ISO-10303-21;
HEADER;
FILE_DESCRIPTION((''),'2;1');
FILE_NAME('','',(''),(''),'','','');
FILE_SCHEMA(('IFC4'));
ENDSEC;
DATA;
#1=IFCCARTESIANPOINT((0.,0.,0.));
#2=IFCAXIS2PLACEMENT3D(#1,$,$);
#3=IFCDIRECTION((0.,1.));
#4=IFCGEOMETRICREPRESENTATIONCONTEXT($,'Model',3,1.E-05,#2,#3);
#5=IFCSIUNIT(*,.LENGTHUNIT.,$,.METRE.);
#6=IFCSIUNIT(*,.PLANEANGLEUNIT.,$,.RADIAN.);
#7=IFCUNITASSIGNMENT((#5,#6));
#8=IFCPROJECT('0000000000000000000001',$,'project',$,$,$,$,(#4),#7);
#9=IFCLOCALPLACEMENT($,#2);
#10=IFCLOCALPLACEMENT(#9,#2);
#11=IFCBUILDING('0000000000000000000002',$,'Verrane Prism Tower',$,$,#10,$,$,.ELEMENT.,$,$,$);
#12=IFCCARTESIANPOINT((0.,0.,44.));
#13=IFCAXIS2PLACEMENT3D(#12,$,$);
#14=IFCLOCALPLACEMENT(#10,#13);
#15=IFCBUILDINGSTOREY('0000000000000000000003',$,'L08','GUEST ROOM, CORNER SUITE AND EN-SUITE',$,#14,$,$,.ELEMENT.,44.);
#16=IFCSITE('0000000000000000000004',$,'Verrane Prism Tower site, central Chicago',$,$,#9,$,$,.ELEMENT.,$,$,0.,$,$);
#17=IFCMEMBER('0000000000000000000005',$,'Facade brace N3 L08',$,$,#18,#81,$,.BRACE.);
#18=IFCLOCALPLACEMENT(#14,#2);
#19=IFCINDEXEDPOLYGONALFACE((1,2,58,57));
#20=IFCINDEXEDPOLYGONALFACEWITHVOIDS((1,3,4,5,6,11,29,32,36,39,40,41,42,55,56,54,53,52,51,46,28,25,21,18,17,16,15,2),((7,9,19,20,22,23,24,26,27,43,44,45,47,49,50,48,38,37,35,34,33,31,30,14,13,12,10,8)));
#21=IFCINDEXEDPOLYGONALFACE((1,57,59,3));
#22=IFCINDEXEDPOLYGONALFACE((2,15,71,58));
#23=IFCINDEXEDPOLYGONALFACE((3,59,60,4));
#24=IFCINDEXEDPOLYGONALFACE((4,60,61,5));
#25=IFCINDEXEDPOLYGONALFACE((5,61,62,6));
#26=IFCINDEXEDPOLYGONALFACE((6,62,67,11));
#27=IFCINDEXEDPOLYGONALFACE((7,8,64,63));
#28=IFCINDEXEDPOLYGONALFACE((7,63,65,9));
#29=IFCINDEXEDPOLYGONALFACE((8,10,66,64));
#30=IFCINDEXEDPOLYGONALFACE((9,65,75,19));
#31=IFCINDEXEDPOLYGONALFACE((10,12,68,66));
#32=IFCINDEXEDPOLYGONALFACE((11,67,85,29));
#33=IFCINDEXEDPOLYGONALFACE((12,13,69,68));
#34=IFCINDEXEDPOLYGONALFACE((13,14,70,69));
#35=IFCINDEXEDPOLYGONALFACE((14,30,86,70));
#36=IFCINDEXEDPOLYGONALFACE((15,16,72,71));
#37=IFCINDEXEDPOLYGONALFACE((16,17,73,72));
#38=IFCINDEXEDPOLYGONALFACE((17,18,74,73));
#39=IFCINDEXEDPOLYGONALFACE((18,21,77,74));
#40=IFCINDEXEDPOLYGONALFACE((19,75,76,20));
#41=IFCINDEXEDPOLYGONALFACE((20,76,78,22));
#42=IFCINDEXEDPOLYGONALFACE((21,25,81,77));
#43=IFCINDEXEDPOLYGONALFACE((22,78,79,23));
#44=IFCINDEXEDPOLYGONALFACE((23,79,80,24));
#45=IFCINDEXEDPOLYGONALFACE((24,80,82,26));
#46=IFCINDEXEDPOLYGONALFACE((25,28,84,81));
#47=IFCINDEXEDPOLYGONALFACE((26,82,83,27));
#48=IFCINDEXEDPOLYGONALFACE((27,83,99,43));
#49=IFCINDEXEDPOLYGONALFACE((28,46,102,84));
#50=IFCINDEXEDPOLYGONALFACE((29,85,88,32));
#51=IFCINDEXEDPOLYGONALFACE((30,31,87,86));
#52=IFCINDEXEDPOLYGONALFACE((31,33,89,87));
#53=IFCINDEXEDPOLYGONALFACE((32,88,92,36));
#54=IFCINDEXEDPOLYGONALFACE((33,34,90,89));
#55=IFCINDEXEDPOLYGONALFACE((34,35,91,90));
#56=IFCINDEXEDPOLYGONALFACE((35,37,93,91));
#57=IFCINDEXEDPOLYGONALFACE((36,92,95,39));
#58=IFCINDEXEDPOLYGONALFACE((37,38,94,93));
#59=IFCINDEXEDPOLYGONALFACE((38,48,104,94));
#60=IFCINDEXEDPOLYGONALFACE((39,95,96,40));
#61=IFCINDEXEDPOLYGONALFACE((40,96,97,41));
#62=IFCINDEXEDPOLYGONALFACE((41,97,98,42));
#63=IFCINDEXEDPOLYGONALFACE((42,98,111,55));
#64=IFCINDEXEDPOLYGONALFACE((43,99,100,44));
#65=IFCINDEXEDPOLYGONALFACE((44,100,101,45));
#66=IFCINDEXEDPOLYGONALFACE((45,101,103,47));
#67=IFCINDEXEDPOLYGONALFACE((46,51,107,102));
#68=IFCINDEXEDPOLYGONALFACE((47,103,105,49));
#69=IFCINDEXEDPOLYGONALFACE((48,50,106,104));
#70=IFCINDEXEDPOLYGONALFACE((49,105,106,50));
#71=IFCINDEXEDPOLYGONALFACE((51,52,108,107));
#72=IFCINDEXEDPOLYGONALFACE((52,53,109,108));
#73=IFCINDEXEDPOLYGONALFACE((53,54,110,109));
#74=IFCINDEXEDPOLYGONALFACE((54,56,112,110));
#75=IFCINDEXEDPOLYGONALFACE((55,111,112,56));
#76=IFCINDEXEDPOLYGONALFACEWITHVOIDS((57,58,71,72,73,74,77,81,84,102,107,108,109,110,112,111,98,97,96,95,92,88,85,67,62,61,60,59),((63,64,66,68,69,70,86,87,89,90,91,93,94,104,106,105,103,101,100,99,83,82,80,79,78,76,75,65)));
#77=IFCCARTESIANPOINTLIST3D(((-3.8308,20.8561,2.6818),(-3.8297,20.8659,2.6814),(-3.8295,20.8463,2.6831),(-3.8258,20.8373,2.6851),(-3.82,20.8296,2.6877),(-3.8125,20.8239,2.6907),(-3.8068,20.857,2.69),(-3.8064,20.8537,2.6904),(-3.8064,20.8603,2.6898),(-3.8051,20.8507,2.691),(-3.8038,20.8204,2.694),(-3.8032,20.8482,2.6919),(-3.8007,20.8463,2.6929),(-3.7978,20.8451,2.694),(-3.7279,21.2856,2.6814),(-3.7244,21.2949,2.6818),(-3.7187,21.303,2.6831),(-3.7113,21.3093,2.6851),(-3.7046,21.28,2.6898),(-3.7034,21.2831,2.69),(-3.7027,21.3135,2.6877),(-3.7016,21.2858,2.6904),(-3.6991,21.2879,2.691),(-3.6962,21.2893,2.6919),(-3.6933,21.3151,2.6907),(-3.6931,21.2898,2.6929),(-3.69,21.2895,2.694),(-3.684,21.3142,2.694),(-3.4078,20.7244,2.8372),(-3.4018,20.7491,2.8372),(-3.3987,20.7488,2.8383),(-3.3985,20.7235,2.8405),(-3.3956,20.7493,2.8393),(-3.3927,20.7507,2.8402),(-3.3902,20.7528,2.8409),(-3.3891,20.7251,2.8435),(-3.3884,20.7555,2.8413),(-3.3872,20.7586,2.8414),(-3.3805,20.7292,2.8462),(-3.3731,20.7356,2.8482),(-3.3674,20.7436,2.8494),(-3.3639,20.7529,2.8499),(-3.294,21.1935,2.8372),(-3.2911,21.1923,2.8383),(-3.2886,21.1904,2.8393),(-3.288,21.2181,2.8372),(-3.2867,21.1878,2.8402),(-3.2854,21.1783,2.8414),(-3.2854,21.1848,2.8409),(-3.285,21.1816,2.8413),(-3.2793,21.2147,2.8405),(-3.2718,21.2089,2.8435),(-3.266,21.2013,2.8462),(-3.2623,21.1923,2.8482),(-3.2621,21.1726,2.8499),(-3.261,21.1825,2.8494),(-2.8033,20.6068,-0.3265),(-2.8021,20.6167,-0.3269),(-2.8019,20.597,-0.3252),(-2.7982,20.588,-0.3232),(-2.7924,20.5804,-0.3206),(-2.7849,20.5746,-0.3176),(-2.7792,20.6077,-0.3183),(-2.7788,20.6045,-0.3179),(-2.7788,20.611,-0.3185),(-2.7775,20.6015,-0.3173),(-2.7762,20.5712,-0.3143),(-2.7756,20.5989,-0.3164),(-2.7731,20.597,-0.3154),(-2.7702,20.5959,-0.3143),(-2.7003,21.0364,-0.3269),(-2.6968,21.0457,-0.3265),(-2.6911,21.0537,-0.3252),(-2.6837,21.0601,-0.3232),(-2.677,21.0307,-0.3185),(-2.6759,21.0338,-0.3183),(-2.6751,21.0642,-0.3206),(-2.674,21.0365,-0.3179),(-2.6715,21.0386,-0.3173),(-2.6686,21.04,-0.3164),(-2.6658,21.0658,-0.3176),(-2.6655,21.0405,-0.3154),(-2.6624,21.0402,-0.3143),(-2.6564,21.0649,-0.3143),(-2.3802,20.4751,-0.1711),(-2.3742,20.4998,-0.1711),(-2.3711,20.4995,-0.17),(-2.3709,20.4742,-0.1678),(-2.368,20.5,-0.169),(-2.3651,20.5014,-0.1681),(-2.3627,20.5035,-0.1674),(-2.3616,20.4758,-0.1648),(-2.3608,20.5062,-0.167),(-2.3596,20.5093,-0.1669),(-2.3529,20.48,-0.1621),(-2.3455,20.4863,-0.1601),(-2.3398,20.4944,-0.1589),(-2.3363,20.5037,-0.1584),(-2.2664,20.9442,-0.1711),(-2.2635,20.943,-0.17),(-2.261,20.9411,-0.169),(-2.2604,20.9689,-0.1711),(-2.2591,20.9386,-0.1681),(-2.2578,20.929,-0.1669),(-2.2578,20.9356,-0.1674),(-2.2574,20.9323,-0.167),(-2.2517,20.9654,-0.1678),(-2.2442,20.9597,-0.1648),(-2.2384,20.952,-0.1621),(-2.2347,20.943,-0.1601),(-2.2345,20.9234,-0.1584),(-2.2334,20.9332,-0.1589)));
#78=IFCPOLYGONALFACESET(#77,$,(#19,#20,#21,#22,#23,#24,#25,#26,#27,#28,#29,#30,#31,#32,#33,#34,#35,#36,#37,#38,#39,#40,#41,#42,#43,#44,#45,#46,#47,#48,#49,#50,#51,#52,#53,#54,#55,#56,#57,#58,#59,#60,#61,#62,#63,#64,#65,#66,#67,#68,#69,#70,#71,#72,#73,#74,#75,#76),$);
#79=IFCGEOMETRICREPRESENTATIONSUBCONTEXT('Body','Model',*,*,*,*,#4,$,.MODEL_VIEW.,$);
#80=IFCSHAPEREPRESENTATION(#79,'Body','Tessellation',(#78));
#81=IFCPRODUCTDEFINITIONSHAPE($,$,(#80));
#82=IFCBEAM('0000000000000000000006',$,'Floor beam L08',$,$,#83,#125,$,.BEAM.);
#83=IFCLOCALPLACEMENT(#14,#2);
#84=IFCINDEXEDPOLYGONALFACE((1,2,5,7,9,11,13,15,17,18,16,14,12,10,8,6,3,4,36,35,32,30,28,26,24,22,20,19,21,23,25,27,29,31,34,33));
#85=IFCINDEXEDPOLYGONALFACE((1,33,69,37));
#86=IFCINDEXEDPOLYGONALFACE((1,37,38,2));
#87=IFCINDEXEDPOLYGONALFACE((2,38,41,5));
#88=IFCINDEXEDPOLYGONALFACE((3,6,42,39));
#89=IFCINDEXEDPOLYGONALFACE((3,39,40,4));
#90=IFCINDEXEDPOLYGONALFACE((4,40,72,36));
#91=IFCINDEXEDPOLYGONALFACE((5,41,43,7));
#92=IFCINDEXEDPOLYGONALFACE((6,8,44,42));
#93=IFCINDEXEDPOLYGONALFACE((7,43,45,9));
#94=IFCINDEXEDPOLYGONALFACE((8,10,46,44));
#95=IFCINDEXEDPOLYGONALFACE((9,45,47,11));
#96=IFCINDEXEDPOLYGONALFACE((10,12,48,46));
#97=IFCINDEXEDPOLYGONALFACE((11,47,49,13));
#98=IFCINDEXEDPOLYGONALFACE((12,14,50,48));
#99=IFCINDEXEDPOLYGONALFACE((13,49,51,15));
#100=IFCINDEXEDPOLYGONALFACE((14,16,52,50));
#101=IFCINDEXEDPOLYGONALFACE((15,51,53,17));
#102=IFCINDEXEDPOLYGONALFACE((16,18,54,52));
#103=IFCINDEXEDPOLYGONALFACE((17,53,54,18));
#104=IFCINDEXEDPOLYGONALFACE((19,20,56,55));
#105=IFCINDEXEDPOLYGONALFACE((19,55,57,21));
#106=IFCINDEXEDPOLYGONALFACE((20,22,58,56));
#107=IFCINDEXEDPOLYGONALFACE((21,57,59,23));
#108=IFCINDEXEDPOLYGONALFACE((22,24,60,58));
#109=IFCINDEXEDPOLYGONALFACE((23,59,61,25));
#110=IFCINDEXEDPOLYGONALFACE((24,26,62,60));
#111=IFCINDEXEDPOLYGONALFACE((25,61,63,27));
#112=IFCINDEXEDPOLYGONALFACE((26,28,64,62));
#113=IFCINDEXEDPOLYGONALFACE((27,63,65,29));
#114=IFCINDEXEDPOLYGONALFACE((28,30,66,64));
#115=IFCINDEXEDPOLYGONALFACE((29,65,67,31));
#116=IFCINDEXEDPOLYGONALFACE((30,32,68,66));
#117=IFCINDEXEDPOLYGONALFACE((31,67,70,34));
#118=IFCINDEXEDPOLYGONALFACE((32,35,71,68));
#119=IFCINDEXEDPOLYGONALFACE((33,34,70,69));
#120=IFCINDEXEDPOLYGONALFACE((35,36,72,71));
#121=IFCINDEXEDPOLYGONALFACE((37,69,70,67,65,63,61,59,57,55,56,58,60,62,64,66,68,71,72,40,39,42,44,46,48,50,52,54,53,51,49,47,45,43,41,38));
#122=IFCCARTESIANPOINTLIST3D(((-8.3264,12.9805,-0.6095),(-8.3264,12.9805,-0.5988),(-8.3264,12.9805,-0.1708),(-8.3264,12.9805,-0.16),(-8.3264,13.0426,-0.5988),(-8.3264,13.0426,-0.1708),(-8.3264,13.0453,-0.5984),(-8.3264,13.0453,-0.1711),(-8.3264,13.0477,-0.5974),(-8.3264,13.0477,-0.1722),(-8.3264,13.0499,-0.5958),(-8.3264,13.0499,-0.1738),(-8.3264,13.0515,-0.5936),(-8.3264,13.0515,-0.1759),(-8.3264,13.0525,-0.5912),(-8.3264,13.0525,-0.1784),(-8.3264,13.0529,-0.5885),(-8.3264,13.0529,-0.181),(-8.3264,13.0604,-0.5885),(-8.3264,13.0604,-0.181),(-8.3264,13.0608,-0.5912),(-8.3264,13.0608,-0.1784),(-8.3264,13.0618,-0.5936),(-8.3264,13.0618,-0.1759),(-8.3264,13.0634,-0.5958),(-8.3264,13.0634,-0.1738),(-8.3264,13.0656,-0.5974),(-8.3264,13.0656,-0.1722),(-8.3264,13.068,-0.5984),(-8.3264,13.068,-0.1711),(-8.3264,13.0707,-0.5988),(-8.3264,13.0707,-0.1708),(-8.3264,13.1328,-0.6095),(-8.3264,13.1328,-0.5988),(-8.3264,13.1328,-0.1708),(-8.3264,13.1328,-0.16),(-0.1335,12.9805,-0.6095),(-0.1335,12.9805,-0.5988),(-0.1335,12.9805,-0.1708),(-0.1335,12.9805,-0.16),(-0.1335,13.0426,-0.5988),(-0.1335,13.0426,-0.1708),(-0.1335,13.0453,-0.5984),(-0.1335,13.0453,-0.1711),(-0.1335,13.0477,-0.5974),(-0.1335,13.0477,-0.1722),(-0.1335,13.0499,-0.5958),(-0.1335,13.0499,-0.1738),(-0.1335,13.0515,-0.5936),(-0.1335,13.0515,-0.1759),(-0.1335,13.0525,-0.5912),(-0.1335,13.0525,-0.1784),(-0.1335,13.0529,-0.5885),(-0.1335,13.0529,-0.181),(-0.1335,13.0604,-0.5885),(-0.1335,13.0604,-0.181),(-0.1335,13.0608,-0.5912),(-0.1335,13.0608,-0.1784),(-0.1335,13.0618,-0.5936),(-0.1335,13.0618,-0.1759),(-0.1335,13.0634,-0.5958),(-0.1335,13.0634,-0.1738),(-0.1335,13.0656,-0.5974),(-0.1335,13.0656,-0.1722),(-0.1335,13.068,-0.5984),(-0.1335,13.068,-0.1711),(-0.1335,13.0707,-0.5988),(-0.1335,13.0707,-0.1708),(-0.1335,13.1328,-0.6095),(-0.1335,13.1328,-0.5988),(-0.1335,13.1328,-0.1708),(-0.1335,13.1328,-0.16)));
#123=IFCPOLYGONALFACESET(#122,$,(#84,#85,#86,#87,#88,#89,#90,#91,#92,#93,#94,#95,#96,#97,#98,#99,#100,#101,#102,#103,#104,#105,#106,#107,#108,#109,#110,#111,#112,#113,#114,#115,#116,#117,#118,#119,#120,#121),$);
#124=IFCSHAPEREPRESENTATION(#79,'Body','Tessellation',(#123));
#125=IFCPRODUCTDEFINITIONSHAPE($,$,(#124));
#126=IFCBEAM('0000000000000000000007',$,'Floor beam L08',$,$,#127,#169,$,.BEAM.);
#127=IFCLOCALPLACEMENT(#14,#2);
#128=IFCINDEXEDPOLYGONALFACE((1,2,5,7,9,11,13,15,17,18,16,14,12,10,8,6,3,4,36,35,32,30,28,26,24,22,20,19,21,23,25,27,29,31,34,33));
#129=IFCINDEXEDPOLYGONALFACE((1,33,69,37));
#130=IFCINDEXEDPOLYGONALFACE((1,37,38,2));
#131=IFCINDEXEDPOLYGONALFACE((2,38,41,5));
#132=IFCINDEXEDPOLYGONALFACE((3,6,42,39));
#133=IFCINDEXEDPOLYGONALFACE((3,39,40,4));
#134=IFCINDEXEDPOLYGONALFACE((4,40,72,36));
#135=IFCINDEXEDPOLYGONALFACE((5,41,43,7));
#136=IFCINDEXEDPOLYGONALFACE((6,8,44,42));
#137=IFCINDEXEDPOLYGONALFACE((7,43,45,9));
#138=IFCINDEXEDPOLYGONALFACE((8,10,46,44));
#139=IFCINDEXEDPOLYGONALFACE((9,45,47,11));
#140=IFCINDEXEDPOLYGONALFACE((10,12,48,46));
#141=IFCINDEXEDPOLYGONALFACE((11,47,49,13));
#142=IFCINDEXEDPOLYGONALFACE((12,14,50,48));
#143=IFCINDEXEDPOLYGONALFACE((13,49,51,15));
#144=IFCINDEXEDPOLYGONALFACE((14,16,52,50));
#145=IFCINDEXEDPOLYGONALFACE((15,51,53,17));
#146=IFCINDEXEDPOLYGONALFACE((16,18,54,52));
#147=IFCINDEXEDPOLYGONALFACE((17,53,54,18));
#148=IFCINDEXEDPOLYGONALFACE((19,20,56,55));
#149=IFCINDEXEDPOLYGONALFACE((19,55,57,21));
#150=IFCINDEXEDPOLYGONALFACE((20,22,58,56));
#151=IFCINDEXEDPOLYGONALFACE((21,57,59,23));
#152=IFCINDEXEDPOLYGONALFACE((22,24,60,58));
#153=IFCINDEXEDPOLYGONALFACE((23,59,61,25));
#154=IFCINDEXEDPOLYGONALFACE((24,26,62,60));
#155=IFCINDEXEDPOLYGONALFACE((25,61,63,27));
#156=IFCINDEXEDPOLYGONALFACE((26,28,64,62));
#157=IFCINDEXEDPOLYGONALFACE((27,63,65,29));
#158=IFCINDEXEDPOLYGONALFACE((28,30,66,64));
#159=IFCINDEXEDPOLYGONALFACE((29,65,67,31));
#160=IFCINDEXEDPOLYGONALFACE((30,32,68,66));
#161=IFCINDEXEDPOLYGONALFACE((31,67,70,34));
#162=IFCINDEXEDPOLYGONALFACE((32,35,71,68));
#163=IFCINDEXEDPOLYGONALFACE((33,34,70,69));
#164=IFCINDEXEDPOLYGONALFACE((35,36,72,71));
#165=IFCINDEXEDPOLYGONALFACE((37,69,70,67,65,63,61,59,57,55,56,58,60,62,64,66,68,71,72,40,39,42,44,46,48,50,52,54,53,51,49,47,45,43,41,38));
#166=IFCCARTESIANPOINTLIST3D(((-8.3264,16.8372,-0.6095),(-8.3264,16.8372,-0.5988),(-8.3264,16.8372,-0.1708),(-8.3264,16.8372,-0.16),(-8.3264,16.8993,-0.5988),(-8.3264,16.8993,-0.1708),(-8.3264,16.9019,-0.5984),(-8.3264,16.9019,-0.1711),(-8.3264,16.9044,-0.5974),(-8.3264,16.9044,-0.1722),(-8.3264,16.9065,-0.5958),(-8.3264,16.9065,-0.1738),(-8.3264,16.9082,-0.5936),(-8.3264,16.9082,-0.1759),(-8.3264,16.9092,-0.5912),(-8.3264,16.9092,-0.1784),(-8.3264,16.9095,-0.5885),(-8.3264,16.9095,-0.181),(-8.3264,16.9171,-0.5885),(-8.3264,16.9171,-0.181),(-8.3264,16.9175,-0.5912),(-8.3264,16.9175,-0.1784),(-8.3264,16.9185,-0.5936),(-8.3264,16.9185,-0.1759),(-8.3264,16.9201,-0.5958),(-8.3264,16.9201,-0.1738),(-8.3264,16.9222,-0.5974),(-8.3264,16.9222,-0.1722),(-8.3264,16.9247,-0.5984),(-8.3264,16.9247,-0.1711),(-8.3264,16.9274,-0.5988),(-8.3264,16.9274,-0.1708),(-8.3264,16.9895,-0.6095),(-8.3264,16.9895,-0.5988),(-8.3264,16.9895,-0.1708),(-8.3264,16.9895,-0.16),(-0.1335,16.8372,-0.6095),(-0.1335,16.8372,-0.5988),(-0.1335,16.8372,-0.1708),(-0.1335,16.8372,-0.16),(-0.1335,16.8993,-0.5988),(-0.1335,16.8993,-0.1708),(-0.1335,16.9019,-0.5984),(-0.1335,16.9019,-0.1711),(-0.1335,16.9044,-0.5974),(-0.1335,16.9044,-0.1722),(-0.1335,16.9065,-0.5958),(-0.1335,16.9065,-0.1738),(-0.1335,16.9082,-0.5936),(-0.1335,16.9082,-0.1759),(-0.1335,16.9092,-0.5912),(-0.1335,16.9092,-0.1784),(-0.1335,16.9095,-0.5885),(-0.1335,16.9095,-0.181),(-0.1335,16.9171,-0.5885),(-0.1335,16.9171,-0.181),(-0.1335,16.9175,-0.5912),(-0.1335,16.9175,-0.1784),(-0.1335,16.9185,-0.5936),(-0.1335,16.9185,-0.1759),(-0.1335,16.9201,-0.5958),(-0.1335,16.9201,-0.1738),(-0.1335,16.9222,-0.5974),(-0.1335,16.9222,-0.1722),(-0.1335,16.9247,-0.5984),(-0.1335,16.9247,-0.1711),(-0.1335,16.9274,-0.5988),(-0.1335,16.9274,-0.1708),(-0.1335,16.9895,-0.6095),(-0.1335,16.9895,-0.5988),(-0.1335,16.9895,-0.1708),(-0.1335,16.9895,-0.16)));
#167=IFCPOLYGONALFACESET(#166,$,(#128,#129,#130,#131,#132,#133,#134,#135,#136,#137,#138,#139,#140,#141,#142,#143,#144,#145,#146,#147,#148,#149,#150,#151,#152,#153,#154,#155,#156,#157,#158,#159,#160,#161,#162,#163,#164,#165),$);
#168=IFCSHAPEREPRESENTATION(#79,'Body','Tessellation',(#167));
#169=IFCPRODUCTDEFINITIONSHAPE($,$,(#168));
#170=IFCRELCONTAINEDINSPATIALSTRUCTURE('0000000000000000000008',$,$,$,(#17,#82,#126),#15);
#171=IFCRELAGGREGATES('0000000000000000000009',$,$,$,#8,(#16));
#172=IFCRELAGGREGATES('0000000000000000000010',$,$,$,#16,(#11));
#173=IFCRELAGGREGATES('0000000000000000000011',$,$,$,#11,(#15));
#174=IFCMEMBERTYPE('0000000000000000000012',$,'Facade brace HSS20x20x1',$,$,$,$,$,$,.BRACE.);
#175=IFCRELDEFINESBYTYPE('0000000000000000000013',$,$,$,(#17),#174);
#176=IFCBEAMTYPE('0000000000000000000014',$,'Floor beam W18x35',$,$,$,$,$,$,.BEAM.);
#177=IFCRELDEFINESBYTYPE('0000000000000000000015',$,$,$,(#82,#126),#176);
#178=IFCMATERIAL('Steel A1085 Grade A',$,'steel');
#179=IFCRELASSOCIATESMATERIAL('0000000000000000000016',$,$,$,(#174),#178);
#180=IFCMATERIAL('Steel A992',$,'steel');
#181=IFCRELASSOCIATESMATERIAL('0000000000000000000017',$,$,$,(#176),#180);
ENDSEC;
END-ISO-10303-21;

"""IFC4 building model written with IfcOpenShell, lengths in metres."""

from ifc_helpers import new_model, si_unit, direction, frame, origin, origin_2d, place, context, subcontext, project, spatial, hollow_rectangle, i_section, extrude, material, material_profile, profile_set, type_object, element, save


model = new_model("IFC4")

# Units and contexts
model_context = context("Model", 3, precision=1e-05, world=origin(), true_north=direction((0.0, 1.0)))
body_context = subcontext(model_context, "Body", "Model", "MODEL_VIEW")
ifc_project = project(units=[si_unit("LENGTHUNIT", "METRE"), si_unit("PLANEANGLEUNIT", "RADIAN")], contexts=[model_context])

# Site, building, storey
site_placement = place(None, origin())
site = spatial("IfcSite", under=ifc_project, at=site_placement, Name="Verrane Prism Tower site, central Chicago", CompositionType="ELEMENT", RefElevation=0.0)
building_placement = place(site_placement, origin())
building = spatial("IfcBuilding", under=site, at=building_placement, Name="Verrane Prism Tower", CompositionType="ELEMENT")
storey_placement = place(building_placement, frame((0.0, 0.0, 44.0)))
storey = spatial("IfcBuildingStorey", under=building, at=storey_placement, Name="L08", Description="GUEST ROOM, CORNER SUITE AND EN-SUITE", CompositionType="ELEMENT", Elevation=44.0)

# Member
ifc_material_1 = material(Name="Steel A1085 Grade A", Category="steel")
ifc_material_profile_1 = material_profile(ifc_material_1, hollow_rectangle(XDim=0.5081, YDim=0.5081, WallThickness=0.0254, InnerFilletRadius=0.0127, OuterFilletRadius=0.0381, at=origin_2d()), Name="HSS20x20x1")
ifc_profile_set_1 = profile_set([ifc_material_profile_1], Name="Steel A1085 Grade A")
member_type_1 = type_object("IfcMemberType", Name="Facade brace HSS20x20x1", PredefinedType="BRACE", material=ifc_profile_set_1)
member_1_placement = place(storey_placement, frame((-2.5183, 20.77, -0.2427), z_axis=(-0.322257, 0.078172, 0.943419), x_axis=(-0.235739, -0.971816, 0.0)))
element("IfcMember", 1, at=member_1_placement, inside=storey, type_object=member_type_1, Name="Facade brace N3 L08", PredefinedType="BRACE", context=body_context, shape_type="SweptSolid", body=[
    extrude(hollow_rectangle(XDim=0.5081, YDim=0.5081, WallThickness=0.0254, InnerFilletRadius=0.0127, OuterFilletRadius=0.0381, at=origin_2d()), origin(), (0.0, 0.0, 1.0), 3.1887),
])

# Beams
ifc_material_2 = material(Name="Steel A992", Category="steel")
ifc_material_profile_2 = material_profile(ifc_material_2, i_section(OverallWidth=0.1523, OverallDepth=0.4495, WebThickness=0.0076, FlangeThickness=0.0107, FilletRadius=0.0103, at=origin_2d()), Name="W18x35")
ifc_profile_set_2 = profile_set([ifc_material_profile_2], Name="Steel A992")
beam_type_1 = type_object("IfcBeamType", Name="Floor beam W18x35", PredefinedType="BEAM", material=ifc_profile_set_2)
for number, where, z_axis, x_axis, name in (
    (2, (-8.3264, 13.0566, -0.3848), (1.0, 0.0, 0.0), (0.0, 1.0, 0.0), "Floor beam L08"),
    (3, (-8.3264, 16.9133, -0.3848), (1.0, 0.0, 0.0), (0.0, 1.0, 0.0), "Floor beam L08"),
):
    element("IfcBeam", number, at=place(storey_placement, frame(where, z_axis=z_axis, x_axis=x_axis)), inside=storey, type_object=beam_type_1, Name=name, PredefinedType="BEAM", context=body_context, shape_type="SweptSolid", body=[
        extrude(i_section(OverallWidth=0.1523, OverallDepth=0.4495, WebThickness=0.0076, FlangeThickness=0.0107, FilletRadius=0.0103, at=origin_2d()), origin(), (0.0, 0.0, 1.0), 8.1929),
    ])

save(model, "model.ifc")
